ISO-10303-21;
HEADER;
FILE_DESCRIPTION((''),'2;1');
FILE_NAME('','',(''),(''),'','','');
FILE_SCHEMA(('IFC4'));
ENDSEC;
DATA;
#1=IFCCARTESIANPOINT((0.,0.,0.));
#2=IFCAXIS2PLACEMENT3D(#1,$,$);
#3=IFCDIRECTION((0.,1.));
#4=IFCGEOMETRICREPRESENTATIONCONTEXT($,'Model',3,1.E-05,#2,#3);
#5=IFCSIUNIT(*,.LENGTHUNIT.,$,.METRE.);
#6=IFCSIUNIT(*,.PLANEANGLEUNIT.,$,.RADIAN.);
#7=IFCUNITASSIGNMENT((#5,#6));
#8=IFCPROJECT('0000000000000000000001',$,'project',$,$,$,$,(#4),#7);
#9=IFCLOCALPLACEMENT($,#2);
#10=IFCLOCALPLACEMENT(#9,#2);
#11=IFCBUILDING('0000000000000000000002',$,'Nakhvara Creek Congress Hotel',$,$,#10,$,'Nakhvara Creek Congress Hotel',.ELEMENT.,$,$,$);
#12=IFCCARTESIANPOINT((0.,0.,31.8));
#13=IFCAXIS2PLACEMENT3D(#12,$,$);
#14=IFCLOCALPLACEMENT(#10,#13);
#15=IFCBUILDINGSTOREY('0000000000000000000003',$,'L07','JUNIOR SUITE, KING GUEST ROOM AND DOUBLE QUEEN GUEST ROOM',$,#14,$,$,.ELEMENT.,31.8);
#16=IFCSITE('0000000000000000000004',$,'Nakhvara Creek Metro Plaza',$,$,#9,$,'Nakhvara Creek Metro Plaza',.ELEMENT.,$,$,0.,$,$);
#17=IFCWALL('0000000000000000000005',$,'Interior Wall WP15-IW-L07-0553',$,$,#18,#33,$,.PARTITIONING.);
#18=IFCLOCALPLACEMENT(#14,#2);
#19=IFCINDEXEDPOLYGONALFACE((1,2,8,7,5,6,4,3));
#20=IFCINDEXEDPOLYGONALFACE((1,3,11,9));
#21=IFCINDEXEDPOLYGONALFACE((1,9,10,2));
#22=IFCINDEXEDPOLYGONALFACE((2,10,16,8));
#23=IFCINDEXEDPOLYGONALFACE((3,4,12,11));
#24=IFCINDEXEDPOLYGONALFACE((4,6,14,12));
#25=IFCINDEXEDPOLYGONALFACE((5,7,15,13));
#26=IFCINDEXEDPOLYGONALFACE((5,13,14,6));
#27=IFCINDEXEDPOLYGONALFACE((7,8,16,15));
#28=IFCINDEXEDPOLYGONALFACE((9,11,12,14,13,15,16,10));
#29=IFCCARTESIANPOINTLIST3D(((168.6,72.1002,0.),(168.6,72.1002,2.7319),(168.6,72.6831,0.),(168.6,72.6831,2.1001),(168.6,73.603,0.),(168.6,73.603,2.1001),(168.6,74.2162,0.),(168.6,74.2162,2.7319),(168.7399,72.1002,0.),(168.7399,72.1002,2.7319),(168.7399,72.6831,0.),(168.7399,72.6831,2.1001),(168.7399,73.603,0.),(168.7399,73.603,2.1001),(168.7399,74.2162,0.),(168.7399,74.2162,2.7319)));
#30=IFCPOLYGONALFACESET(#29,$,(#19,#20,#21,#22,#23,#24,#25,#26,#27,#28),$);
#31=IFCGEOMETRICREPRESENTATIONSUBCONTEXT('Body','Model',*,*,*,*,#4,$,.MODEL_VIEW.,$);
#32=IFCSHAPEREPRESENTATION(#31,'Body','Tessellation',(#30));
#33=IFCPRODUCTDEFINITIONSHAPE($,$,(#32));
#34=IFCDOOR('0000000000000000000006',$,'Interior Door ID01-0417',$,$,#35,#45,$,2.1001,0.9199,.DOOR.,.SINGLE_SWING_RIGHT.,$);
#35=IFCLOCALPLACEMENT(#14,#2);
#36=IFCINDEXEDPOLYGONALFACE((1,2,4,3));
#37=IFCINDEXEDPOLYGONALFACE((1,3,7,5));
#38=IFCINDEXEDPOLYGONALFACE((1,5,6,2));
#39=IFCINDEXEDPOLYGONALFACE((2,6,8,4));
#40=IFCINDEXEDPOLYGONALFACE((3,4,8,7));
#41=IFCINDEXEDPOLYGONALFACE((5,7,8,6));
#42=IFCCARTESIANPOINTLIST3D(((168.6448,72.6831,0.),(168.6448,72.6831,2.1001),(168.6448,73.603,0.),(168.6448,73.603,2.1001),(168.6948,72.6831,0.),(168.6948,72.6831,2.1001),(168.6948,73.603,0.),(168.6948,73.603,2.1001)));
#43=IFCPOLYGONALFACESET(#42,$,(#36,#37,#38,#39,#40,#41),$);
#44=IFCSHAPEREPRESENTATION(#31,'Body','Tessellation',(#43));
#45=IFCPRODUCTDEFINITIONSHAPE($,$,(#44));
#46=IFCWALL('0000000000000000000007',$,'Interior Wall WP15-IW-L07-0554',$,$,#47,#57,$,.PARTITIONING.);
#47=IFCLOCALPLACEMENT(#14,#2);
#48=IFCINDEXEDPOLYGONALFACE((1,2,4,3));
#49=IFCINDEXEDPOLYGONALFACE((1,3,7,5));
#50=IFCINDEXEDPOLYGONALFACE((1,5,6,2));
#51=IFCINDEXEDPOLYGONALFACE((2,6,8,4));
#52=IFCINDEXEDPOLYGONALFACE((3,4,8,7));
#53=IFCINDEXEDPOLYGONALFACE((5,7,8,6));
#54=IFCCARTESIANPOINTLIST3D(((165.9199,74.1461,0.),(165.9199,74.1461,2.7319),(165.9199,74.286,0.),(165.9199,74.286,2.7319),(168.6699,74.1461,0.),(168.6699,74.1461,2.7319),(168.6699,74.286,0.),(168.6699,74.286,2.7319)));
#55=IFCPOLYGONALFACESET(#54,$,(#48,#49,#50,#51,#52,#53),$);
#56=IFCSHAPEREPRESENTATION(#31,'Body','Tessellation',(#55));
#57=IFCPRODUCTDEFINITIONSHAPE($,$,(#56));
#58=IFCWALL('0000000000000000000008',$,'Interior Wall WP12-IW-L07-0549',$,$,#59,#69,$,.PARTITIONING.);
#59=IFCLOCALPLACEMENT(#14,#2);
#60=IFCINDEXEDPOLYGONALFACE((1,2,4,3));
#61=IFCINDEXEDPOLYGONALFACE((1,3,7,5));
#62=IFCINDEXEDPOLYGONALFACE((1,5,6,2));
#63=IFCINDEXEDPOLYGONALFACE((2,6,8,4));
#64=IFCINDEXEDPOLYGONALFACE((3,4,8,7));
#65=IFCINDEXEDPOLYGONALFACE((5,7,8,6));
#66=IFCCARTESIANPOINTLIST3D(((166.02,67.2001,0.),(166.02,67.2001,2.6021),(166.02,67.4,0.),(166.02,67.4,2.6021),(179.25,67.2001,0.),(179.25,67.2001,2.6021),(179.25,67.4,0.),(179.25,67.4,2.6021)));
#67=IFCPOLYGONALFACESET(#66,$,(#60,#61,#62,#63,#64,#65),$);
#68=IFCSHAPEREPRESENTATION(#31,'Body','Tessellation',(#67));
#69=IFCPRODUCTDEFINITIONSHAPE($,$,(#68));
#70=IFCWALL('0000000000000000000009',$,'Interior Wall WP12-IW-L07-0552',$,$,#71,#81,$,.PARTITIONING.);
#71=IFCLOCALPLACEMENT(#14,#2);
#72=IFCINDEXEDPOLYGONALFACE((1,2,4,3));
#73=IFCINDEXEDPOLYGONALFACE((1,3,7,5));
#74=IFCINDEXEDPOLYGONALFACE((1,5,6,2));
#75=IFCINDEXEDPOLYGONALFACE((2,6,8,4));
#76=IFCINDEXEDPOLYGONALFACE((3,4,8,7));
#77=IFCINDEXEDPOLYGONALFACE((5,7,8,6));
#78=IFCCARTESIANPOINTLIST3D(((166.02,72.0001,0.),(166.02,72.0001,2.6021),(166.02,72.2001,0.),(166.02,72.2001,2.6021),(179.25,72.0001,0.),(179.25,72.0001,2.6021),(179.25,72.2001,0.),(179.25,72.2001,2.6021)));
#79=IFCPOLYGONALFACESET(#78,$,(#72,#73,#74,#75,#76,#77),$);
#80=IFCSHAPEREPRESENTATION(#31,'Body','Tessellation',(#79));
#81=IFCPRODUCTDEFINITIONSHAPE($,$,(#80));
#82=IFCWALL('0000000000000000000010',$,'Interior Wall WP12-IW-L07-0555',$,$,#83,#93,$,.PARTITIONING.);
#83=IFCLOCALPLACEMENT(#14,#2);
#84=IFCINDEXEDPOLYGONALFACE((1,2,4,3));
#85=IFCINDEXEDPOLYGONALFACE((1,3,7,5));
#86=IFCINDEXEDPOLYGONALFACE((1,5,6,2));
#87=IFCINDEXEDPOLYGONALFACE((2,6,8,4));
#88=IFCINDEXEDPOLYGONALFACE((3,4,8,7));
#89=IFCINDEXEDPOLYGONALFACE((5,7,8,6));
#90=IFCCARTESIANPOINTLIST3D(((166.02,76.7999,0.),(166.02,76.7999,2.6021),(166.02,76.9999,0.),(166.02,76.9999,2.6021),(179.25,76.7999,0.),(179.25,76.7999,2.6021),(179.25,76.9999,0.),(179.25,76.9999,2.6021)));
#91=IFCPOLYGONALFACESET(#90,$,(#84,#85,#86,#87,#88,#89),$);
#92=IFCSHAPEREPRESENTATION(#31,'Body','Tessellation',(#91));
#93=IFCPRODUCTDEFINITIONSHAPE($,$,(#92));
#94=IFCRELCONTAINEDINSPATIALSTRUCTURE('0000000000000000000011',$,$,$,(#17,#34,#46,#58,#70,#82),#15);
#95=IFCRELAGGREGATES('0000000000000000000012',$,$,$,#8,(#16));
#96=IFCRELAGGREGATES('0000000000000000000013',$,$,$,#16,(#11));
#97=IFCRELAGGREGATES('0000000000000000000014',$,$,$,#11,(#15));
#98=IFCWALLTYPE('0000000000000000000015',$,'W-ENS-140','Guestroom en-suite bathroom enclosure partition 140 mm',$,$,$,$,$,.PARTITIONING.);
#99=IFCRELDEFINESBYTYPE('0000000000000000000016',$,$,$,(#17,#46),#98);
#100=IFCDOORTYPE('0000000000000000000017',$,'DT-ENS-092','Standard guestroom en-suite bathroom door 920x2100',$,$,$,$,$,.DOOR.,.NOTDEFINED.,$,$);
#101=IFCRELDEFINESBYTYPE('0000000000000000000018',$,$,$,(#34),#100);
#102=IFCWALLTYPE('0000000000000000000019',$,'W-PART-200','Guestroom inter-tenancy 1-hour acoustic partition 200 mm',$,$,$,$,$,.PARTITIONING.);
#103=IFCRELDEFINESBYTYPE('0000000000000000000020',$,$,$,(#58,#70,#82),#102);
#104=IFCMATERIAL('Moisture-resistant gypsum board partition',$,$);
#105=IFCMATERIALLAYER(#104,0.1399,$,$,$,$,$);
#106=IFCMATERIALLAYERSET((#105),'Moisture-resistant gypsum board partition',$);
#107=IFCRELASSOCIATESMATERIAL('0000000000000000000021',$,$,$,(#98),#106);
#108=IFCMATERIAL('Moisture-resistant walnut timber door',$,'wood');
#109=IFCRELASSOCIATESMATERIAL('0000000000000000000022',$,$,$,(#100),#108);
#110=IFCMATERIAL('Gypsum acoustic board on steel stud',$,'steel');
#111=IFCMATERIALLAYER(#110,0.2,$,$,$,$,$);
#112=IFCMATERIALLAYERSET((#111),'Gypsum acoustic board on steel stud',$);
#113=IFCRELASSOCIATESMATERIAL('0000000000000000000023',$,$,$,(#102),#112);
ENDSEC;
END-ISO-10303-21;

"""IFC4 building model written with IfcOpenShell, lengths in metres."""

from ifc_helpers import new_model, si_unit, direction, frame, frame_2d, origin, place, context, subcontext, project, spatial, rectangle, extrude, material, layer, layer_set, type_object, element, fill, save


model = new_model("IFC4")

# Units and contexts
model_context = context("Model", 3, precision=1e-05, world=origin(), true_north=direction((0.0, 1.0)))
body_context = subcontext(model_context, "Body", "Model", "MODEL_VIEW")
ifc_project = project(units=[si_unit("LENGTHUNIT", "METRE"), si_unit("PLANEANGLEUNIT", "RADIAN")], contexts=[model_context])

# Site, building, storey
site_placement = place(None, origin())
site = spatial("IfcSite", under=ifc_project, at=site_placement, Name="Nakhvara Creek Metro Plaza", LongName="Nakhvara Creek Metro Plaza", CompositionType="ELEMENT", RefElevation=0.0)
building_placement = place(site_placement, origin())
building = spatial("IfcBuilding", under=site, at=building_placement, Name="Nakhvara Creek Congress Hotel", LongName="Nakhvara Creek Congress Hotel", CompositionType="ELEMENT")
storey_placement = place(building_placement, frame((0.0, 0.0, 31.8)))
storey = spatial("IfcBuildingStorey", under=building, at=storey_placement, Name="L07", Description="JUNIOR SUITE, KING GUEST ROOM AND DOUBLE QUEEN GUEST ROOM", CompositionType="ELEMENT", Elevation=31.8)

# Shared definitions
ifc_material_1 = material(Name="Moisture-resistant gypsum board partition")
ifc_layer_1 = layer(ifc_material_1, 0.1399)
ifc_layer_set_1 = layer_set([ifc_layer_1], Name="Moisture-resistant gypsum board partition")
wall_type_1 = type_object("IfcWallType", Name="W-ENS-140", Description="Guestroom en-suite bathroom enclosure partition 140 mm", PredefinedType="PARTITIONING", material=ifc_layer_set_1)
ifc_material_2 = material(Name="Moisture-resistant walnut timber door", Category="wood")

# Wall, opening, door
wall_1_placement = place(storey_placement, frame((168.6699, 72.1001, 0.0), z_axis=(0.0, 0.0, 1.0), x_axis=(0.0, 1.0, 0.0)))
wall_1 = element("IfcWall", 1, at=wall_1_placement, inside=storey, type_object=wall_type_1, Name="Interior Wall WP15-IW-L07-0553", PredefinedType="PARTITIONING", context=body_context, shape_type="SweptSolid", body=[
    extrude(rectangle(XDim=2.116, YDim=0.1399, at=frame_2d((1.0581, 0.0))), origin(), (0.0, 0.0, 1.0), 2.7319),
])
opening_1_placement = place(wall_1_placement, frame((0.583, 0.0, 0.0)))
opening_1 = element("IfcOpeningElement", 2, at=opening_1_placement, cuts=wall_1, PredefinedType="OPENING", context=body_context, shape_type="SweptSolid", body=[
    extrude(rectangle(XDim=0.9199, YDim=2.1001, at=frame_2d((0.46, 1.05))), frame((0.0, 0.082, 0.0), z_axis=(0.0, -1.0, 0.0), x_axis=(1.0, 0.0, 0.0)), (0.0, 0.0, 1.0), 0.1638),
])
door_type_1 = type_object("IfcDoorType", Name="DT-ENS-092", Description="Standard guestroom en-suite bathroom door 920x2100", OperationType="NOTDEFINED", PredefinedType="DOOR", material=ifc_material_2)
door_1_placement = place(opening_1_placement, frame((0.9199, 0.0, 0.0), z_axis=(0.0, 0.0, 1.0), x_axis=(-1.0, 0.0, 0.0)))
door_1 = element("IfcDoor", 3, at=door_1_placement, inside=storey, type_object=door_type_1, Name="Interior Door ID01-0417", OperationType="SINGLE_SWING_RIGHT", OverallHeight=2.1001, OverallWidth=0.9199, PredefinedType="DOOR", context=body_context, shape_type="SweptSolid", body=[
    extrude(rectangle(XDim=0.9199, YDim=2.1001, at=frame_2d((0.46, 1.05))), frame((0.0, 0.0249, 0.0), z_axis=(0.0, -1.0, 0.0), x_axis=(1.0, 0.0, 0.0)), (0.0, 0.0, 1.0), 0.05),
])
fill(opening_1, door_1)

# Walls
wall_2_placement = place(storey_placement, frame((165.9199, 74.2161, 0.0), z_axis=(0.0, 0.0, 1.0), x_axis=(1.0, 0.0, 0.0)))
element("IfcWall", 4, at=wall_2_placement, inside=storey, type_object=wall_type_1, Name="Interior Wall WP15-IW-L07-0554", PredefinedType="PARTITIONING", context=body_context, shape_type="SweptSolid", body=[
    extrude(rectangle(XDim=2.75, YDim=0.1399, at=frame_2d((1.375, 0.0))), origin(), (0.0, 0.0, 1.0), 2.7319),
])
ifc_material_3 = material(Name="Gypsum acoustic board on steel stud", Category="steel")
ifc_layer_2 = layer(ifc_material_3, 0.2)
ifc_layer_set_2 = layer_set([ifc_layer_2], Name="Gypsum acoustic board on steel stud")
wall_type_2 = type_object("IfcWallType", Name="W-PART-200", Description="Guestroom inter-tenancy 1-hour acoustic partition 200 mm", PredefinedType="PARTITIONING", material=ifc_layer_set_2)
for number, where, z_axis, x_axis, name in (
    (5, (166.02, 67.3, 0.0), (0.0, 0.0, 1.0), (1.0, 0.0, 0.0), "Interior Wall WP12-IW-L07-0549"),
    (6, (166.02, 72.1001, 0.0), (0.0, 0.0, 1.0), (1.0, 0.0, 0.0), "Interior Wall WP12-IW-L07-0552"),
    (7, (166.02, 76.8999, 0.0), (0.0, 0.0, 1.0), (1.0, 0.0, 0.0), "Interior Wall WP12-IW-L07-0555"),
):
    element("IfcWall", number, at=place(storey_placement, frame(where, z_axis=z_axis, x_axis=x_axis)), inside=storey, type_object=wall_type_2, Name=name, PredefinedType="PARTITIONING", context=body_context, shape_type="SweptSolid", body=[
        extrude(rectangle(XDim=13.23, YDim=0.2, at=frame_2d((6.615, 0.0))), origin(), (0.0, 0.0, 1.0), 2.6021),
    ])

save(model, "model.ifc")
